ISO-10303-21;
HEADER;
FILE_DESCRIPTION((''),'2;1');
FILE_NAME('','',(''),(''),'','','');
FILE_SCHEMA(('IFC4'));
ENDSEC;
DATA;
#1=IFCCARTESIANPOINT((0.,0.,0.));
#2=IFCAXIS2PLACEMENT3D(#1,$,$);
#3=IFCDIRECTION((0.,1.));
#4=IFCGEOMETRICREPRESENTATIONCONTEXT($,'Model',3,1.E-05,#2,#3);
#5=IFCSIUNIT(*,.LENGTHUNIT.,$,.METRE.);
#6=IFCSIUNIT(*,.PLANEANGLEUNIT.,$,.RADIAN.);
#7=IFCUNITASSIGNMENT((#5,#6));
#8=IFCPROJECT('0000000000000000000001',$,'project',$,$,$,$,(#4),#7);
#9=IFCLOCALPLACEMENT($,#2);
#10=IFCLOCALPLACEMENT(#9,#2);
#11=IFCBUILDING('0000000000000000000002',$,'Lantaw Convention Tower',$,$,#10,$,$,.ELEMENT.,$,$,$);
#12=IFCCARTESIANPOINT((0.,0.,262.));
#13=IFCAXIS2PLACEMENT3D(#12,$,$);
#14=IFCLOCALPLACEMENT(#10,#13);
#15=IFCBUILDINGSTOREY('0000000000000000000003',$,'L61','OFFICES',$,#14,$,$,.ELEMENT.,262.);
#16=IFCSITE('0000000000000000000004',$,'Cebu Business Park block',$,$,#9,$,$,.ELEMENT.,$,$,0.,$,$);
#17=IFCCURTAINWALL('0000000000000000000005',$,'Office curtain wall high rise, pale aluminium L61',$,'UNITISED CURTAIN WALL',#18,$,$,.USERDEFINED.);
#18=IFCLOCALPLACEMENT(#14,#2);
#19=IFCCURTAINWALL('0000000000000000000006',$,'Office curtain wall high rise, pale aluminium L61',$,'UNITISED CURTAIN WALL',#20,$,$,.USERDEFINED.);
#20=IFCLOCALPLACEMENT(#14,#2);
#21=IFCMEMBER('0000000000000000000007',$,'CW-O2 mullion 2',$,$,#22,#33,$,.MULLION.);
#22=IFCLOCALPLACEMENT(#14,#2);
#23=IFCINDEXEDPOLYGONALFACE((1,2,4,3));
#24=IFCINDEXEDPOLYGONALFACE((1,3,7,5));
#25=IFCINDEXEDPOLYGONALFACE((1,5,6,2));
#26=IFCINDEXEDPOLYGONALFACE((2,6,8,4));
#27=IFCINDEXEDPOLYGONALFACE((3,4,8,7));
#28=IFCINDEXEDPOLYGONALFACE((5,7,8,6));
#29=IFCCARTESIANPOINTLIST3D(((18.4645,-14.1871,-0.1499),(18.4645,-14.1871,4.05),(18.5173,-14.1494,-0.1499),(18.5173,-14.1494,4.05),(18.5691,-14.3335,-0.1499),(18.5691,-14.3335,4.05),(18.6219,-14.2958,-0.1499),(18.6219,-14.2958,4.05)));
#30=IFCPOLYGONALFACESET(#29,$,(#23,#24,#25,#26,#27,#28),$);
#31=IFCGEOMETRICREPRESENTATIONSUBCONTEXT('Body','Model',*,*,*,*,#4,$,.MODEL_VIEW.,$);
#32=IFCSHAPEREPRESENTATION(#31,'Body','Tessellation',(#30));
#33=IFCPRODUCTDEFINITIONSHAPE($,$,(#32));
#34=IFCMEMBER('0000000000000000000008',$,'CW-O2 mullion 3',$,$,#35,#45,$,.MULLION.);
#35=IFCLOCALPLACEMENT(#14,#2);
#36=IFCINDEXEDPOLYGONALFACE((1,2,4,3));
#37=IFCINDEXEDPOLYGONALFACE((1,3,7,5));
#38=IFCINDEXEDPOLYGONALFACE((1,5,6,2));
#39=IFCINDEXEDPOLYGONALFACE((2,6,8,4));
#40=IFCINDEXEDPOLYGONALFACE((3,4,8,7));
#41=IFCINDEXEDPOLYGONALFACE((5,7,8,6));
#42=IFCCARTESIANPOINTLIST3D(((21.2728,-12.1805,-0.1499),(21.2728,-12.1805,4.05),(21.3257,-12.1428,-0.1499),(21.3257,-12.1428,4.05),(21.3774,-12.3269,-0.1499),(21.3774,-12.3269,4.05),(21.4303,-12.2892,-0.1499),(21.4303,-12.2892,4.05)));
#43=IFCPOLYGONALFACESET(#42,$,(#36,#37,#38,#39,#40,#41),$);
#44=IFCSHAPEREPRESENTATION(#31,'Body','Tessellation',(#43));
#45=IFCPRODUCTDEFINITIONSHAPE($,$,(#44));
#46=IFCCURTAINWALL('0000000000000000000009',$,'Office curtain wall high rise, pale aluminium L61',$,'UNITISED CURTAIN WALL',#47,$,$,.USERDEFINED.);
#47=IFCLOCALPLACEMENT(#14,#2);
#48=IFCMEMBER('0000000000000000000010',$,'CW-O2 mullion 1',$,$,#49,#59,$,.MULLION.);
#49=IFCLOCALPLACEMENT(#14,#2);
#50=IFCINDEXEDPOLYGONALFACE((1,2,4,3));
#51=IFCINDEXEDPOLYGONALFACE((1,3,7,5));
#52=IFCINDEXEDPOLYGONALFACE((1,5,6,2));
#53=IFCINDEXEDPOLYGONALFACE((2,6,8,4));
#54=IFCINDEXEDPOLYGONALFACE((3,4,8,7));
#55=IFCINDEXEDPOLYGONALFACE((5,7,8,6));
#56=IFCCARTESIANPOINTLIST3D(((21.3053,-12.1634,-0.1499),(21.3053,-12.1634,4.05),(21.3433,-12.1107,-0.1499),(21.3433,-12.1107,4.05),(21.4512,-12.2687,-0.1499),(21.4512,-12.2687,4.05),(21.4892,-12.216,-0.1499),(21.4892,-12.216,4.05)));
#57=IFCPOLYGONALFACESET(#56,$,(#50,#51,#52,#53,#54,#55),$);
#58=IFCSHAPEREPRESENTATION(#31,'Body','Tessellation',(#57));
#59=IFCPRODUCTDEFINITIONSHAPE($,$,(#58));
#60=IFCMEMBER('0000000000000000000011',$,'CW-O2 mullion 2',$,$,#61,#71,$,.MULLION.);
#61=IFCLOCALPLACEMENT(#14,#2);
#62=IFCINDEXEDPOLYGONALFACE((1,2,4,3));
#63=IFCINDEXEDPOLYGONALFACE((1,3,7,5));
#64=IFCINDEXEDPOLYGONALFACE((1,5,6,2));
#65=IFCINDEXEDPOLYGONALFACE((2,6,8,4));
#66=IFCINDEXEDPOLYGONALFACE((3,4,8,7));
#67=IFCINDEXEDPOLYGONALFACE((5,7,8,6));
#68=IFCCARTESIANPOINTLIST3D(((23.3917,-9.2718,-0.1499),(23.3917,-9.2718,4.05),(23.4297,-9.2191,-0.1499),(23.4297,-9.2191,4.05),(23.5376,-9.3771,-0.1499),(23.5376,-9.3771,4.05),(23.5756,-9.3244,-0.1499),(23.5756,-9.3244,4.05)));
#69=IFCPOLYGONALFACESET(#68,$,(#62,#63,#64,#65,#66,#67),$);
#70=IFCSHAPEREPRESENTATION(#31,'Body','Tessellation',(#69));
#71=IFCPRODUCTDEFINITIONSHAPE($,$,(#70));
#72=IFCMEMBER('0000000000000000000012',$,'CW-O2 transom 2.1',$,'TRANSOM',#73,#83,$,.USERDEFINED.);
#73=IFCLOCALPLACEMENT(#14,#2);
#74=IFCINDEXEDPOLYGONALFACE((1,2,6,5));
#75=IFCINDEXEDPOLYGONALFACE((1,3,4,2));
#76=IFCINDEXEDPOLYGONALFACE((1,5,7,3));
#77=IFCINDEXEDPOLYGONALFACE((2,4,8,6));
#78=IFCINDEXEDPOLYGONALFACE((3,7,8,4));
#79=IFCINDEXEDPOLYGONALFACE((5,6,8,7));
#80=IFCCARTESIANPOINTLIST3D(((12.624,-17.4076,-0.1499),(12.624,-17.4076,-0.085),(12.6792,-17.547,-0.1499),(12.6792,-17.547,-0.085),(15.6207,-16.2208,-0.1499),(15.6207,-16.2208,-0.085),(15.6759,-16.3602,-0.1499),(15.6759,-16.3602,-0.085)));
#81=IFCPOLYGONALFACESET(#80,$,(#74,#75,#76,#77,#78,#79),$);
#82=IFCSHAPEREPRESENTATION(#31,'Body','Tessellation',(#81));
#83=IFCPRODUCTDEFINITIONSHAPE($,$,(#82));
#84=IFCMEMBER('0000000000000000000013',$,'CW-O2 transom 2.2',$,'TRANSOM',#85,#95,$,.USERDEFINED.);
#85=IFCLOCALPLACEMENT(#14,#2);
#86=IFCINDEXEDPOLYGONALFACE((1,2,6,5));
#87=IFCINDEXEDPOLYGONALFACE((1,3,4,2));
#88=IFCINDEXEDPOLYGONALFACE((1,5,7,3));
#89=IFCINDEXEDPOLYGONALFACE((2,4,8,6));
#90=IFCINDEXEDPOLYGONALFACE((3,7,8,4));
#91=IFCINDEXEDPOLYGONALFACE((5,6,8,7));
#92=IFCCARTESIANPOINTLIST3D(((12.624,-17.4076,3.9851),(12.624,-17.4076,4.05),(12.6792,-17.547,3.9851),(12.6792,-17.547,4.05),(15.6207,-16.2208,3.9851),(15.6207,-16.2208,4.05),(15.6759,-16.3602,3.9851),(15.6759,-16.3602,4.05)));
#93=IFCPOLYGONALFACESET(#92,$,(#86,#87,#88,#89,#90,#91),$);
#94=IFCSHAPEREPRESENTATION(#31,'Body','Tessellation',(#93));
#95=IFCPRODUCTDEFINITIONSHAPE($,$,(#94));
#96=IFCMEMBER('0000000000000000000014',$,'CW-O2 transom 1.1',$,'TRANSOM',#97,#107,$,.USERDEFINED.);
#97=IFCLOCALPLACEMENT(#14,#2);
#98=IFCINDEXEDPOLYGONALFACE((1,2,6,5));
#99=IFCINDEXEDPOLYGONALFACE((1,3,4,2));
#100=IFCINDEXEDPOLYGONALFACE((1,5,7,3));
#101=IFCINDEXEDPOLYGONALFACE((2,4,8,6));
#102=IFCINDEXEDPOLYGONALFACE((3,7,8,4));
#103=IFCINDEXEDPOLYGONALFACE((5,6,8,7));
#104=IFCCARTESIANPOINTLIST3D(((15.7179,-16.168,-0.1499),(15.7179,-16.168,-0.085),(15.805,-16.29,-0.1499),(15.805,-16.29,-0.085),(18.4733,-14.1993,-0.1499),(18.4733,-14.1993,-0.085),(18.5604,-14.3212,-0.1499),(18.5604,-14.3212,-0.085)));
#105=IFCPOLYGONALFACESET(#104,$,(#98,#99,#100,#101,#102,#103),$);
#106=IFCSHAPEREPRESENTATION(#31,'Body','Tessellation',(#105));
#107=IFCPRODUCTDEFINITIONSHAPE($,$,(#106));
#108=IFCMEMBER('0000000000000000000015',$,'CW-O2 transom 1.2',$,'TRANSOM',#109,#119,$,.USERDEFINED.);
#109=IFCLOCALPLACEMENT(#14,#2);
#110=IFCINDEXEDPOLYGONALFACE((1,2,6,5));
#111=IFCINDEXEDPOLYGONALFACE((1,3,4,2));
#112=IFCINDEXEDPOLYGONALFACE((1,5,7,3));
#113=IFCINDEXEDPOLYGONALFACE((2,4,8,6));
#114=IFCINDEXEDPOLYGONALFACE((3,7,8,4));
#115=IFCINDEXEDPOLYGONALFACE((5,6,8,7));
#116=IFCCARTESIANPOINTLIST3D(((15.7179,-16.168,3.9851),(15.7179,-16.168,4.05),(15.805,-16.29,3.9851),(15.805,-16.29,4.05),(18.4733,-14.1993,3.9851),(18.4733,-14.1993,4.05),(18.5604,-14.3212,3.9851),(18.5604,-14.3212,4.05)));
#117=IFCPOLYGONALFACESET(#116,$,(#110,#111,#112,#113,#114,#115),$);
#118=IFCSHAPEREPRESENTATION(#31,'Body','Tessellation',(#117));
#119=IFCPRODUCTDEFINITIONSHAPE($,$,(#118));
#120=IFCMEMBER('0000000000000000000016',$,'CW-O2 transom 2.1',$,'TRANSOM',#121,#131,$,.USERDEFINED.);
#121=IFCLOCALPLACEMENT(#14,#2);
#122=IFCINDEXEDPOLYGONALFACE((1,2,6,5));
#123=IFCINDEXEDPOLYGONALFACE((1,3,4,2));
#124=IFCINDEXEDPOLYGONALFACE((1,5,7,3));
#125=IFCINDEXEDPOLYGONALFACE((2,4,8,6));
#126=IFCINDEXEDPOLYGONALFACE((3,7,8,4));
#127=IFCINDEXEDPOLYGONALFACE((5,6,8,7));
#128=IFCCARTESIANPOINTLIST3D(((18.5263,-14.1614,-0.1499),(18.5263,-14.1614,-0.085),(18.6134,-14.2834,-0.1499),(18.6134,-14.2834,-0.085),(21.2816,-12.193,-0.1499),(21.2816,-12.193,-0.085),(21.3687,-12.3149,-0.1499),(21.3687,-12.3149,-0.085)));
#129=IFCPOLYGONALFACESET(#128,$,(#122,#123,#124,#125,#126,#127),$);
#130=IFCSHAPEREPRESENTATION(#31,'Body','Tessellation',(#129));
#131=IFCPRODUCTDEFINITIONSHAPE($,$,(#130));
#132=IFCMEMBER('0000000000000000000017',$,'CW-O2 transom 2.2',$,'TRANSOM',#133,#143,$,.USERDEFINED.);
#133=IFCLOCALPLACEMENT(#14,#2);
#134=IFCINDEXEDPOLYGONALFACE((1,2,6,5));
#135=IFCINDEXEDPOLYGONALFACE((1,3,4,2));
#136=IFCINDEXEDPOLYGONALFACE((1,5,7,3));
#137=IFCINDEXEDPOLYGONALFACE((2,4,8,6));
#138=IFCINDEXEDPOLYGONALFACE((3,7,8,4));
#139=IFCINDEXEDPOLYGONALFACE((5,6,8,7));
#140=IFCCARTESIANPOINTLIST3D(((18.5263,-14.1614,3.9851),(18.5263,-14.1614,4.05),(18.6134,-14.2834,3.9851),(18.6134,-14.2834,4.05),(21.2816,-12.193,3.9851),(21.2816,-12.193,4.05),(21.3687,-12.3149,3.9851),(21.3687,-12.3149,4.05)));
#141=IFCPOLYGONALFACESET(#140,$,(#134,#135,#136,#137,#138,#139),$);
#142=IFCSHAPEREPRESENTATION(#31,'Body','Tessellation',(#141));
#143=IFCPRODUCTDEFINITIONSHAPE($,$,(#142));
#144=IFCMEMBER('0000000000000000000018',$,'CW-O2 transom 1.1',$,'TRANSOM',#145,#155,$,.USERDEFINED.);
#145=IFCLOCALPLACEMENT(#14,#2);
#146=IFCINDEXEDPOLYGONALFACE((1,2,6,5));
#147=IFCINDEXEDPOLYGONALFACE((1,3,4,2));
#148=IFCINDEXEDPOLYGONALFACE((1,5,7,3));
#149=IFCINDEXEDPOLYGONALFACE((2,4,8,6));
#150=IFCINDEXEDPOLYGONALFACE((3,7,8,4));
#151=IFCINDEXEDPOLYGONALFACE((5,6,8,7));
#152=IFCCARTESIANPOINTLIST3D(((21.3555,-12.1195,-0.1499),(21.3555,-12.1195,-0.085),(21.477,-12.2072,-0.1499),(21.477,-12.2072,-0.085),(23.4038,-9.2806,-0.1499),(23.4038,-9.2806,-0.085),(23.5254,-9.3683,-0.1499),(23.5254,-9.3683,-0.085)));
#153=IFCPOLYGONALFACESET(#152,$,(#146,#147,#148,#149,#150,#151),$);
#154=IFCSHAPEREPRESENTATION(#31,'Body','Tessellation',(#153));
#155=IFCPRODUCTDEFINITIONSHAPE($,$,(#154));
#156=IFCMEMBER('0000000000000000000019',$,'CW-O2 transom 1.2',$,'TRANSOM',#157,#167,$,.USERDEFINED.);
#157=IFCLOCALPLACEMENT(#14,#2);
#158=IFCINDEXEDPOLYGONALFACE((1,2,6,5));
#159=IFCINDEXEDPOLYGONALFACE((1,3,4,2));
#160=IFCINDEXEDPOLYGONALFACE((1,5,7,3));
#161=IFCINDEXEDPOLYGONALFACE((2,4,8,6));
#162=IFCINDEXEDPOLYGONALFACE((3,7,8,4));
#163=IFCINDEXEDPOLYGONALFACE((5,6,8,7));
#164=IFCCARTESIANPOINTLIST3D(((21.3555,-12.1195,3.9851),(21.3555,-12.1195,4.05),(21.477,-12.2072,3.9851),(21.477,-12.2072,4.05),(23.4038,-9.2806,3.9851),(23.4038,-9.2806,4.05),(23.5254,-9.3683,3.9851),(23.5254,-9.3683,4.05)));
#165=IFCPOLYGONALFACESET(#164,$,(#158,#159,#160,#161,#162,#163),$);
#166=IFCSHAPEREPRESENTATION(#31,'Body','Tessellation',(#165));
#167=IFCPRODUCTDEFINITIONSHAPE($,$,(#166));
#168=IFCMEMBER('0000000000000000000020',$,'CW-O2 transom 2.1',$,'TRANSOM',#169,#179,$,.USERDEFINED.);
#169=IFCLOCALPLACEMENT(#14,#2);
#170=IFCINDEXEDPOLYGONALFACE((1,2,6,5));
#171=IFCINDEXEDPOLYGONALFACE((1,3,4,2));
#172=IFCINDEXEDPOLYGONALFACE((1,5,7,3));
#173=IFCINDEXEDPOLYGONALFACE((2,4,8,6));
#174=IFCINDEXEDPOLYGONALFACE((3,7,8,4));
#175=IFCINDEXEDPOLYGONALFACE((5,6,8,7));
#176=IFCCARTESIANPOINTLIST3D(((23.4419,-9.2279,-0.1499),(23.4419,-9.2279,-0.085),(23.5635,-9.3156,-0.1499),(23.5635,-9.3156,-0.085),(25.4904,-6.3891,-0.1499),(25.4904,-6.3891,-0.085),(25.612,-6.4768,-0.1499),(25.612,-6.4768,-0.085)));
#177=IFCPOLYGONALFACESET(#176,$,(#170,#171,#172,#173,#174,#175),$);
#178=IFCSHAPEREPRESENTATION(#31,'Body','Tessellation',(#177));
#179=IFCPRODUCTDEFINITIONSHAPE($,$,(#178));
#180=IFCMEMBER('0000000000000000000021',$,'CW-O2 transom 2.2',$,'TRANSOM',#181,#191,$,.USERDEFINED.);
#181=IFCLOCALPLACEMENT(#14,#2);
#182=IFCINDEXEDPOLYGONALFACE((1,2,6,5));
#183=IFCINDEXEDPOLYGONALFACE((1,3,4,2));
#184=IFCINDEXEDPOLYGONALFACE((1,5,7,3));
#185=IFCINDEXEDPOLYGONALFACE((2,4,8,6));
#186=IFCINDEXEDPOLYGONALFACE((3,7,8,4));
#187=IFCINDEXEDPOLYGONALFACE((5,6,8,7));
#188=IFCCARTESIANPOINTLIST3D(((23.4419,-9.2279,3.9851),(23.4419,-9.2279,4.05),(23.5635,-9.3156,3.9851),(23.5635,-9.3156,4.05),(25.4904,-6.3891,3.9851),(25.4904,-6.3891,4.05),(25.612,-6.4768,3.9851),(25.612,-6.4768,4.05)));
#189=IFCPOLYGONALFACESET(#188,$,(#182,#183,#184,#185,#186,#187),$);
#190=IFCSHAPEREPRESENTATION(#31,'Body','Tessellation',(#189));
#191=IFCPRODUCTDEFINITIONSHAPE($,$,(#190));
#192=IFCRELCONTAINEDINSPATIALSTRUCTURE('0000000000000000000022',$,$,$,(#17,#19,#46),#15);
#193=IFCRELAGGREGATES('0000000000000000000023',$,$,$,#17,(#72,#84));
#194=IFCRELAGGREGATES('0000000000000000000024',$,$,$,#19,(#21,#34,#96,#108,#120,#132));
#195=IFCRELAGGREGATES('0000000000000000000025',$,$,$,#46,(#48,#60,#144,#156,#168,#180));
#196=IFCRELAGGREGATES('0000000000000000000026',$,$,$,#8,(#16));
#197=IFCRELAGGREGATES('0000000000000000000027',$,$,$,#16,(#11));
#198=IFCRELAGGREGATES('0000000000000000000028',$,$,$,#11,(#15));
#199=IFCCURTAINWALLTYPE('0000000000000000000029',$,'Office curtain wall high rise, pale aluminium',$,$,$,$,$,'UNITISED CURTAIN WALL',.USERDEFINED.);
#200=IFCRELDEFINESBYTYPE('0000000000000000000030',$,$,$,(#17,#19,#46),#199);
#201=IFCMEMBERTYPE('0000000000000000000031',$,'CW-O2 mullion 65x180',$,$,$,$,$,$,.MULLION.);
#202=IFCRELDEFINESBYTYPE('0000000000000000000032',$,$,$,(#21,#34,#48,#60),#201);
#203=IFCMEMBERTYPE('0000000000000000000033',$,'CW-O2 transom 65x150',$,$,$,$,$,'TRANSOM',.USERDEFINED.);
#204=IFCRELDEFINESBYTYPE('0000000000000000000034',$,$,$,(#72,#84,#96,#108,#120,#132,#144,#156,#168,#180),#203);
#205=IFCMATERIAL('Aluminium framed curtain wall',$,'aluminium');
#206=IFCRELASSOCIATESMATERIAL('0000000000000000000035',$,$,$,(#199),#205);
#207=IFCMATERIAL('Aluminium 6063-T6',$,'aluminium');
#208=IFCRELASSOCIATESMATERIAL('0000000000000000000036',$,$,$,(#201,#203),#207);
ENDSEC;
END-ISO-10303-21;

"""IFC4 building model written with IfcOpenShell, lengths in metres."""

from ifc_helpers import new_model, si_unit, direction, frame, origin, origin_2d, place, context, subcontext, project, spatial, rectangle, extrude, material, material_profile, profile_set, type_object, element, aggregate, save


model = new_model("IFC4")

# Units and contexts
model_context = context("Model", 3, precision=1e-05, world=origin(), true_north=direction((0.0, 1.0)))
body_context = subcontext(model_context, "Body", "Model", "MODEL_VIEW")
ifc_project = project(units=[si_unit("LENGTHUNIT", "METRE"), si_unit("PLANEANGLEUNIT", "RADIAN")], contexts=[model_context])

# Site, building, storey
site_placement = place(None, origin())
site = spatial("IfcSite", under=ifc_project, at=site_placement, Name="Cebu Business Park block", CompositionType="ELEMENT", RefElevation=0.0)
building_placement = place(site_placement, origin())
building = spatial("IfcBuilding", under=site, at=building_placement, Name="Lantaw Convention Tower", CompositionType="ELEMENT")
storey_placement = place(building_placement, frame((0.0, 0.0, 262.0)))
storey = spatial("IfcBuildingStorey", under=building, at=storey_placement, Name="L61", Description="OFFICES", CompositionType="ELEMENT", Elevation=262.0)

# Curtain walls, members
ifc_material_1 = material(Name="Aluminium framed curtain wall", Category="aluminium")
curtain_wall_type = type_object("IfcCurtainWallType", Name="Office curtain wall high rise, pale aluminium", ElementType="UNITISED CURTAIN WALL", PredefinedType="USERDEFINED", material=ifc_material_1)
curtain_wall_1_placement = place(storey_placement, origin())
curtain_wall_1 = element("IfcCurtainWall", 1, at=curtain_wall_1_placement, inside=storey, type_object=curtain_wall_type, Name="Office curtain wall high rise, pale aluminium L61", ObjectType="UNITISED CURTAIN WALL", PredefinedType="USERDEFINED")
ifc_material_2 = material(Name="Aluminium 6063-T6", Category="aluminium")
ifc_material_profile_1 = material_profile(ifc_material_2, rectangle(XDim=0.1799, YDim=0.0649, at=origin_2d()), Name="CW-O2 mullion 65x180")
ifc_profile_set_1 = profile_set([ifc_material_profile_1], Name="Aluminium 6063-T6")
member_type_1 = type_object("IfcMemberType", Name="CW-O2 mullion 65x180", PredefinedType="MULLION", material=ifc_profile_set_1)
curtain_wall_2_placement = place(storey_placement, origin())
curtain_wall_2 = element("IfcCurtainWall", 2, at=curtain_wall_2_placement, inside=storey, type_object=curtain_wall_type, Name="Office curtain wall high rise, pale aluminium L61", ObjectType="UNITISED CURTAIN WALL", PredefinedType="USERDEFINED")
member_1_placement = place(storey_placement, frame((18.5432, -14.2415, -0.1499), z_axis=(0.0, 0.0, 1.0), x_axis=(-0.581323, 0.813673, 0.0)))
member_1 = element("IfcMember", 3, at=member_1_placement, type_object=member_type_1, Name="CW-O2 mullion 2", PredefinedType="MULLION", context=body_context, shape_type="SweptSolid", body=[
    extrude(rectangle(XDim=0.1799, YDim=0.0649, at=origin_2d()), origin(), (0.0, 0.0, 1.0), 4.2),
])
member_2_placement = place(storey_placement, frame((21.3516, -12.2349, -0.1499), z_axis=(0.0, 0.0, 1.0), x_axis=(-0.581323, 0.813673, 0.0)))
member_2 = element("IfcMember", 4, at=member_2_placement, type_object=member_type_1, Name="CW-O2 mullion 3", PredefinedType="MULLION", context=body_context, shape_type="SweptSolid", body=[
    extrude(rectangle(XDim=0.1799, YDim=0.0649, at=origin_2d()), origin(), (0.0, 0.0, 1.0), 4.2),
])
curtain_wall_3_placement = place(storey_placement, origin())
curtain_wall_3 = element("IfcCurtainWall", 5, at=curtain_wall_3_placement, inside=storey, type_object=curtain_wall_type, Name="Office curtain wall high rise, pale aluminium L61", ObjectType="UNITISED CURTAIN WALL", PredefinedType="USERDEFINED")
member_3_placement = place(storey_placement, frame((21.3972, -12.1897, -0.1499), z_axis=(0.0, 0.0, 1.0), x_axis=(-0.81092, 0.585158, 0.0)))
member_3 = element("IfcMember", 6, at=member_3_placement, type_object=member_type_1, Name="CW-O2 mullion 1", PredefinedType="MULLION", context=body_context, shape_type="SweptSolid", body=[
    extrude(rectangle(XDim=0.1799, YDim=0.0649, at=origin_2d()), origin(), (0.0, 0.0, 1.0), 4.2),
])
member_4_placement = place(storey_placement, frame((23.4836, -9.2981, -0.1499), z_axis=(0.0, 0.0, 1.0), x_axis=(-0.81092, 0.585158, 0.0)))
member_4 = element("IfcMember", 7, at=member_4_placement, type_object=member_type_1, Name="CW-O2 mullion 2", PredefinedType="MULLION", context=body_context, shape_type="SweptSolid", body=[
    extrude(rectangle(XDim=0.1799, YDim=0.0649, at=origin_2d()), origin(), (0.0, 0.0, 1.0), 4.2),
])

# Members
ifc_material_profile_2 = material_profile(ifc_material_2, rectangle(XDim=0.1499, YDim=0.0649, at=origin_2d()), Name="CW-O2 transom 65x150")
ifc_profile_set_2 = profile_set([ifc_material_profile_2], Name="Aluminium 6063-T6")
member_type_2 = type_object("IfcMemberType", Name="CW-O2 transom 65x150", ElementType="TRANSOM", PredefinedType="USERDEFINED", material=ifc_profile_set_2)
member_5_placement = place(storey_placement, frame((12.6516, -17.4773, -0.1174), z_axis=(0.929741, 0.368215, 0.0), x_axis=(-0.368215, 0.929741, 0.0)))
member_5 = element("IfcMember", 8, at=member_5_placement, type_object=member_type_2, Name="CW-O2 transom 2.1", ObjectType="TRANSOM", PredefinedType="USERDEFINED", context=body_context, shape_type="SweptSolid", body=[
    extrude(rectangle(XDim=0.1499, YDim=0.0649, at=origin_2d()), origin(), (0.0, 0.0, 1.0), 3.2231),
])
member_6_placement = place(storey_placement, frame((12.6516, -17.4773, 4.0176), z_axis=(0.929741, 0.368215, 0.0), x_axis=(-0.368215, 0.929741, 0.0)))
member_6 = element("IfcMember", 9, at=member_6_placement, type_object=member_type_2, Name="CW-O2 transom 2.2", ObjectType="TRANSOM", PredefinedType="USERDEFINED", context=body_context, shape_type="SweptSolid", body=[
    extrude(rectangle(XDim=0.1499, YDim=0.0649, at=origin_2d()), origin(), (0.0, 0.0, 1.0), 3.2231),
])
member_7_placement = place(storey_placement, frame((15.7615, -16.229, -0.1174), z_axis=(0.813646, 0.581361, 0.0), x_axis=(-0.581361, 0.813646, 0.0)))
member_7 = element("IfcMember", 10, at=member_7_placement, type_object=member_type_2, Name="CW-O2 transom 1.1", ObjectType="TRANSOM", PredefinedType="USERDEFINED", context=body_context, shape_type="SweptSolid", body=[
    extrude(rectangle(XDim=0.1499, YDim=0.0649, at=origin_2d()), origin(), (0.0, 0.0, 1.0), 3.3865),
])
member_8_placement = place(storey_placement, frame((15.7615, -16.229, 4.0176), z_axis=(0.813646, 0.581361, 0.0), x_axis=(-0.581361, 0.813646, 0.0)))
member_8 = element("IfcMember", 11, at=member_8_placement, type_object=member_type_2, Name="CW-O2 transom 1.2", ObjectType="TRANSOM", PredefinedType="USERDEFINED", context=body_context, shape_type="SweptSolid", body=[
    extrude(rectangle(XDim=0.1499, YDim=0.0649, at=origin_2d()), origin(), (0.0, 0.0, 1.0), 3.3865),
])
member_9_placement = place(storey_placement, frame((18.5698, -14.2224, -0.1174), z_axis=(0.81368, 0.581313, 0.0), x_axis=(-0.581313, 0.81368, 0.0)))
member_9 = element("IfcMember", 12, at=member_9_placement, type_object=member_type_2, Name="CW-O2 transom 2.1", ObjectType="TRANSOM", PredefinedType="USERDEFINED", context=body_context, shape_type="SweptSolid", body=[
    extrude(rectangle(XDim=0.1499, YDim=0.0649, at=origin_2d()), origin(), (0.0, 0.0, 1.0), 3.3862),
])
member_10_placement = place(storey_placement, frame((18.5698, -14.2224, 4.0176), z_axis=(0.81368, 0.581313, 0.0), x_axis=(-0.581313, 0.81368, 0.0)))
member_10 = element("IfcMember", 13, at=member_10_placement, type_object=member_type_2, Name="CW-O2 transom 2.2", ObjectType="TRANSOM", PredefinedType="USERDEFINED", context=body_context, shape_type="SweptSolid", body=[
    extrude(rectangle(XDim=0.1499, YDim=0.0649, at=origin_2d()), origin(), (0.0, 0.0, 1.0), 3.3862),
])
member_11_placement = place(storey_placement, frame((21.4163, -12.1633, -0.1174), z_axis=(0.585124, 0.810944, 0.0), x_axis=(-0.810944, 0.585124, 0.0)))
member_11 = element("IfcMember", 14, at=member_11_placement, type_object=member_type_2, Name="CW-O2 transom 1.1", ObjectType="TRANSOM", PredefinedType="USERDEFINED", context=body_context, shape_type="SweptSolid", body=[
    extrude(rectangle(XDim=0.1499, YDim=0.0649, at=origin_2d()), origin(), (0.0, 0.0, 1.0), 3.5007),
])
member_12_placement = place(storey_placement, frame((21.4163, -12.1633, 4.0176), z_axis=(0.585124, 0.810944, 0.0), x_axis=(-0.810944, 0.585124, 0.0)))
member_12 = element("IfcMember", 15, at=member_12_placement, type_object=member_type_2, Name="CW-O2 transom 1.2", ObjectType="TRANSOM", PredefinedType="USERDEFINED", context=body_context, shape_type="SweptSolid", body=[
    extrude(rectangle(XDim=0.1499, YDim=0.0649, at=origin_2d()), origin(), (0.0, 0.0, 1.0), 3.5007),
])
member_13_placement = place(storey_placement, frame((23.5027, -9.2717, -0.1174), z_axis=(0.58517, 0.810911, 0.0), x_axis=(-0.810911, 0.58517, 0.0)))
member_13 = element("IfcMember", 16, at=member_13_placement, type_object=member_type_2, Name="CW-O2 transom 2.1", ObjectType="TRANSOM", PredefinedType="USERDEFINED", context=body_context, shape_type="SweptSolid", body=[
    extrude(rectangle(XDim=0.1499, YDim=0.0649, at=origin_2d()), origin(), (0.0, 0.0, 1.0), 3.5007),
])
member_14_placement = place(storey_placement, frame((23.5027, -9.2717, 4.0176), z_axis=(0.58517, 0.810911, 0.0), x_axis=(-0.810911, 0.58517, 0.0)))
member_14 = element("IfcMember", 17, at=member_14_placement, type_object=member_type_2, Name="CW-O2 transom 2.2", ObjectType="TRANSOM", PredefinedType="USERDEFINED", context=body_context, shape_type="SweptSolid", body=[
    extrude(rectangle(XDim=0.1499, YDim=0.0649, at=origin_2d()), origin(), (0.0, 0.0, 1.0), 3.5007),
])

aggregate(curtain_wall_1, [member_5, member_6])
aggregate(curtain_wall_2, [member_1, member_2, member_7, member_8, member_9, member_10])
aggregate(curtain_wall_3, [member_3, member_4, member_11, member_12, member_13, member_14])

save(model, "model.ifc")
